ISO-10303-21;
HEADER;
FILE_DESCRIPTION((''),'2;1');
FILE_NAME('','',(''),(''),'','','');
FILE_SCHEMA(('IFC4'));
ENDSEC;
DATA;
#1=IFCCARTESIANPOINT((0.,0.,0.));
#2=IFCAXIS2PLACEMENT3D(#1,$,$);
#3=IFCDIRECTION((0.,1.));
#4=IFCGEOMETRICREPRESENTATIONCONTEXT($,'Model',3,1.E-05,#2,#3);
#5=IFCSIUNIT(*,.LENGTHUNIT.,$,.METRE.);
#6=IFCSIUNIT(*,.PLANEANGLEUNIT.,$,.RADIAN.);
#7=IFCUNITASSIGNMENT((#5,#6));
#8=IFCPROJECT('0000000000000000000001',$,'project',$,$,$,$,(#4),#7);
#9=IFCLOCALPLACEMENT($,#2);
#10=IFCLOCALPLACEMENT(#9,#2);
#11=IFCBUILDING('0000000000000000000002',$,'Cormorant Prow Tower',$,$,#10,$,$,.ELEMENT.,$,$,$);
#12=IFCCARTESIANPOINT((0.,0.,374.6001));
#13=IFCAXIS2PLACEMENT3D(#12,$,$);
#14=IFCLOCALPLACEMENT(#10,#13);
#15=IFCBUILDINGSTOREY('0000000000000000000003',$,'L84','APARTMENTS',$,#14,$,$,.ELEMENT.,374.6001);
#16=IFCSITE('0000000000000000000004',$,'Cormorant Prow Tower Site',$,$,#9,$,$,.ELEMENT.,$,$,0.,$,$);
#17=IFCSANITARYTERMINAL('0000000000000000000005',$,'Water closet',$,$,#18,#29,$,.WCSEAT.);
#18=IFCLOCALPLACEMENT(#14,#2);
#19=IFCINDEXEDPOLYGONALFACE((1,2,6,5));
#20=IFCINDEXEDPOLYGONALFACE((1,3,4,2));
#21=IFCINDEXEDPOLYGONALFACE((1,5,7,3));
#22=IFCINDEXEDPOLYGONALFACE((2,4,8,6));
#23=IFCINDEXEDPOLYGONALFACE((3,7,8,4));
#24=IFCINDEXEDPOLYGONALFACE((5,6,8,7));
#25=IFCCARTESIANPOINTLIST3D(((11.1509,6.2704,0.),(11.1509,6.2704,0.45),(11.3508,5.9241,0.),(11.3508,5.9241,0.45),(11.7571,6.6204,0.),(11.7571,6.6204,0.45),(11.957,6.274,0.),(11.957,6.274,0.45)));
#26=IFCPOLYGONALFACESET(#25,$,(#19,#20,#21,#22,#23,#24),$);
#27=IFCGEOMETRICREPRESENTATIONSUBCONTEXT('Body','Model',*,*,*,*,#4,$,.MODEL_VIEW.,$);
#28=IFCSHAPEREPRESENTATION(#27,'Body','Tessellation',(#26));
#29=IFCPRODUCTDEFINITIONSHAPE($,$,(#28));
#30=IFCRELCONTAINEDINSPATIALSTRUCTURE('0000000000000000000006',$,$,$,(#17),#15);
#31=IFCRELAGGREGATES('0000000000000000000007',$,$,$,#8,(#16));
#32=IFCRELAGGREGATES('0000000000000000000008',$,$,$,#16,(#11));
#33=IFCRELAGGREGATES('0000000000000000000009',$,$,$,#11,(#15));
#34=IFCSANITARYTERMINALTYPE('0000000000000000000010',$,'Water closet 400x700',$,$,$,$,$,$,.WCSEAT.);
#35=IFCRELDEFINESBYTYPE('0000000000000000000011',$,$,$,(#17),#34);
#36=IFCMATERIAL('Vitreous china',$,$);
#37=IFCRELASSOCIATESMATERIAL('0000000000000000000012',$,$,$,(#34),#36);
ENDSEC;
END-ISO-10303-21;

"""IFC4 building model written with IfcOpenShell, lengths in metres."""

from ifc_helpers import new_model, si_unit, direction, frame, origin, origin_2d, place, context, subcontext, project, spatial, rectangle, extrude, material, type_object, element, save


model = new_model("IFC4")

# Units and contexts
model_context = context("Model", 3, precision=1e-05, world=origin(), true_north=direction((0.0, 1.0)))
body_context = subcontext(model_context, "Body", "Model", "MODEL_VIEW")
ifc_project = project(units=[si_unit("LENGTHUNIT", "METRE"), si_unit("PLANEANGLEUNIT", "RADIAN")], contexts=[model_context])

# Site, building, storey
site_placement = place(None, origin())
site = spatial("IfcSite", under=ifc_project, at=site_placement, Name="Cormorant Prow Tower Site", CompositionType="ELEMENT", RefElevation=0.0)
building_placement = place(site_placement, origin())
building = spatial("IfcBuilding", under=site, at=building_placement, Name="Cormorant Prow Tower", CompositionType="ELEMENT")
storey_placement = place(building_placement, frame((0.0, 0.0, 374.6001)))
storey = spatial("IfcBuildingStorey", under=building, at=storey_placement, Name="L84", Description="APARTMENTS", CompositionType="ELEMENT", Elevation=374.6001)

# Sanitary terminal
ifc_material_1 = material(Name="Vitreous china")
sanitary_terminal_type_1 = type_object("IfcSanitaryTerminalType", Name="Water closet 400x700", PredefinedType="WCSEAT", material=ifc_material_1)
for number, where, z_axis, x_axis, name in (
    (1, (11.554, 6.2722, 0.0), (0.0, 0.0, 1.0), (0.5, -0.866025, 0.0), "Water closet"),
):
    element("IfcSanitaryTerminal", number, at=place(storey_placement, frame(where, z_axis=z_axis, x_axis=x_axis)), inside=storey, type_object=sanitary_terminal_type_1, Name=name, PredefinedType="WCSEAT", context=body_context, shape_type="SweptSolid", body=[
        extrude(rectangle(XDim=0.3999, YDim=0.7, at=origin_2d()), origin(), (0.0, 0.0, 1.0), 0.45),
    ])

save(model, "model.ifc")
